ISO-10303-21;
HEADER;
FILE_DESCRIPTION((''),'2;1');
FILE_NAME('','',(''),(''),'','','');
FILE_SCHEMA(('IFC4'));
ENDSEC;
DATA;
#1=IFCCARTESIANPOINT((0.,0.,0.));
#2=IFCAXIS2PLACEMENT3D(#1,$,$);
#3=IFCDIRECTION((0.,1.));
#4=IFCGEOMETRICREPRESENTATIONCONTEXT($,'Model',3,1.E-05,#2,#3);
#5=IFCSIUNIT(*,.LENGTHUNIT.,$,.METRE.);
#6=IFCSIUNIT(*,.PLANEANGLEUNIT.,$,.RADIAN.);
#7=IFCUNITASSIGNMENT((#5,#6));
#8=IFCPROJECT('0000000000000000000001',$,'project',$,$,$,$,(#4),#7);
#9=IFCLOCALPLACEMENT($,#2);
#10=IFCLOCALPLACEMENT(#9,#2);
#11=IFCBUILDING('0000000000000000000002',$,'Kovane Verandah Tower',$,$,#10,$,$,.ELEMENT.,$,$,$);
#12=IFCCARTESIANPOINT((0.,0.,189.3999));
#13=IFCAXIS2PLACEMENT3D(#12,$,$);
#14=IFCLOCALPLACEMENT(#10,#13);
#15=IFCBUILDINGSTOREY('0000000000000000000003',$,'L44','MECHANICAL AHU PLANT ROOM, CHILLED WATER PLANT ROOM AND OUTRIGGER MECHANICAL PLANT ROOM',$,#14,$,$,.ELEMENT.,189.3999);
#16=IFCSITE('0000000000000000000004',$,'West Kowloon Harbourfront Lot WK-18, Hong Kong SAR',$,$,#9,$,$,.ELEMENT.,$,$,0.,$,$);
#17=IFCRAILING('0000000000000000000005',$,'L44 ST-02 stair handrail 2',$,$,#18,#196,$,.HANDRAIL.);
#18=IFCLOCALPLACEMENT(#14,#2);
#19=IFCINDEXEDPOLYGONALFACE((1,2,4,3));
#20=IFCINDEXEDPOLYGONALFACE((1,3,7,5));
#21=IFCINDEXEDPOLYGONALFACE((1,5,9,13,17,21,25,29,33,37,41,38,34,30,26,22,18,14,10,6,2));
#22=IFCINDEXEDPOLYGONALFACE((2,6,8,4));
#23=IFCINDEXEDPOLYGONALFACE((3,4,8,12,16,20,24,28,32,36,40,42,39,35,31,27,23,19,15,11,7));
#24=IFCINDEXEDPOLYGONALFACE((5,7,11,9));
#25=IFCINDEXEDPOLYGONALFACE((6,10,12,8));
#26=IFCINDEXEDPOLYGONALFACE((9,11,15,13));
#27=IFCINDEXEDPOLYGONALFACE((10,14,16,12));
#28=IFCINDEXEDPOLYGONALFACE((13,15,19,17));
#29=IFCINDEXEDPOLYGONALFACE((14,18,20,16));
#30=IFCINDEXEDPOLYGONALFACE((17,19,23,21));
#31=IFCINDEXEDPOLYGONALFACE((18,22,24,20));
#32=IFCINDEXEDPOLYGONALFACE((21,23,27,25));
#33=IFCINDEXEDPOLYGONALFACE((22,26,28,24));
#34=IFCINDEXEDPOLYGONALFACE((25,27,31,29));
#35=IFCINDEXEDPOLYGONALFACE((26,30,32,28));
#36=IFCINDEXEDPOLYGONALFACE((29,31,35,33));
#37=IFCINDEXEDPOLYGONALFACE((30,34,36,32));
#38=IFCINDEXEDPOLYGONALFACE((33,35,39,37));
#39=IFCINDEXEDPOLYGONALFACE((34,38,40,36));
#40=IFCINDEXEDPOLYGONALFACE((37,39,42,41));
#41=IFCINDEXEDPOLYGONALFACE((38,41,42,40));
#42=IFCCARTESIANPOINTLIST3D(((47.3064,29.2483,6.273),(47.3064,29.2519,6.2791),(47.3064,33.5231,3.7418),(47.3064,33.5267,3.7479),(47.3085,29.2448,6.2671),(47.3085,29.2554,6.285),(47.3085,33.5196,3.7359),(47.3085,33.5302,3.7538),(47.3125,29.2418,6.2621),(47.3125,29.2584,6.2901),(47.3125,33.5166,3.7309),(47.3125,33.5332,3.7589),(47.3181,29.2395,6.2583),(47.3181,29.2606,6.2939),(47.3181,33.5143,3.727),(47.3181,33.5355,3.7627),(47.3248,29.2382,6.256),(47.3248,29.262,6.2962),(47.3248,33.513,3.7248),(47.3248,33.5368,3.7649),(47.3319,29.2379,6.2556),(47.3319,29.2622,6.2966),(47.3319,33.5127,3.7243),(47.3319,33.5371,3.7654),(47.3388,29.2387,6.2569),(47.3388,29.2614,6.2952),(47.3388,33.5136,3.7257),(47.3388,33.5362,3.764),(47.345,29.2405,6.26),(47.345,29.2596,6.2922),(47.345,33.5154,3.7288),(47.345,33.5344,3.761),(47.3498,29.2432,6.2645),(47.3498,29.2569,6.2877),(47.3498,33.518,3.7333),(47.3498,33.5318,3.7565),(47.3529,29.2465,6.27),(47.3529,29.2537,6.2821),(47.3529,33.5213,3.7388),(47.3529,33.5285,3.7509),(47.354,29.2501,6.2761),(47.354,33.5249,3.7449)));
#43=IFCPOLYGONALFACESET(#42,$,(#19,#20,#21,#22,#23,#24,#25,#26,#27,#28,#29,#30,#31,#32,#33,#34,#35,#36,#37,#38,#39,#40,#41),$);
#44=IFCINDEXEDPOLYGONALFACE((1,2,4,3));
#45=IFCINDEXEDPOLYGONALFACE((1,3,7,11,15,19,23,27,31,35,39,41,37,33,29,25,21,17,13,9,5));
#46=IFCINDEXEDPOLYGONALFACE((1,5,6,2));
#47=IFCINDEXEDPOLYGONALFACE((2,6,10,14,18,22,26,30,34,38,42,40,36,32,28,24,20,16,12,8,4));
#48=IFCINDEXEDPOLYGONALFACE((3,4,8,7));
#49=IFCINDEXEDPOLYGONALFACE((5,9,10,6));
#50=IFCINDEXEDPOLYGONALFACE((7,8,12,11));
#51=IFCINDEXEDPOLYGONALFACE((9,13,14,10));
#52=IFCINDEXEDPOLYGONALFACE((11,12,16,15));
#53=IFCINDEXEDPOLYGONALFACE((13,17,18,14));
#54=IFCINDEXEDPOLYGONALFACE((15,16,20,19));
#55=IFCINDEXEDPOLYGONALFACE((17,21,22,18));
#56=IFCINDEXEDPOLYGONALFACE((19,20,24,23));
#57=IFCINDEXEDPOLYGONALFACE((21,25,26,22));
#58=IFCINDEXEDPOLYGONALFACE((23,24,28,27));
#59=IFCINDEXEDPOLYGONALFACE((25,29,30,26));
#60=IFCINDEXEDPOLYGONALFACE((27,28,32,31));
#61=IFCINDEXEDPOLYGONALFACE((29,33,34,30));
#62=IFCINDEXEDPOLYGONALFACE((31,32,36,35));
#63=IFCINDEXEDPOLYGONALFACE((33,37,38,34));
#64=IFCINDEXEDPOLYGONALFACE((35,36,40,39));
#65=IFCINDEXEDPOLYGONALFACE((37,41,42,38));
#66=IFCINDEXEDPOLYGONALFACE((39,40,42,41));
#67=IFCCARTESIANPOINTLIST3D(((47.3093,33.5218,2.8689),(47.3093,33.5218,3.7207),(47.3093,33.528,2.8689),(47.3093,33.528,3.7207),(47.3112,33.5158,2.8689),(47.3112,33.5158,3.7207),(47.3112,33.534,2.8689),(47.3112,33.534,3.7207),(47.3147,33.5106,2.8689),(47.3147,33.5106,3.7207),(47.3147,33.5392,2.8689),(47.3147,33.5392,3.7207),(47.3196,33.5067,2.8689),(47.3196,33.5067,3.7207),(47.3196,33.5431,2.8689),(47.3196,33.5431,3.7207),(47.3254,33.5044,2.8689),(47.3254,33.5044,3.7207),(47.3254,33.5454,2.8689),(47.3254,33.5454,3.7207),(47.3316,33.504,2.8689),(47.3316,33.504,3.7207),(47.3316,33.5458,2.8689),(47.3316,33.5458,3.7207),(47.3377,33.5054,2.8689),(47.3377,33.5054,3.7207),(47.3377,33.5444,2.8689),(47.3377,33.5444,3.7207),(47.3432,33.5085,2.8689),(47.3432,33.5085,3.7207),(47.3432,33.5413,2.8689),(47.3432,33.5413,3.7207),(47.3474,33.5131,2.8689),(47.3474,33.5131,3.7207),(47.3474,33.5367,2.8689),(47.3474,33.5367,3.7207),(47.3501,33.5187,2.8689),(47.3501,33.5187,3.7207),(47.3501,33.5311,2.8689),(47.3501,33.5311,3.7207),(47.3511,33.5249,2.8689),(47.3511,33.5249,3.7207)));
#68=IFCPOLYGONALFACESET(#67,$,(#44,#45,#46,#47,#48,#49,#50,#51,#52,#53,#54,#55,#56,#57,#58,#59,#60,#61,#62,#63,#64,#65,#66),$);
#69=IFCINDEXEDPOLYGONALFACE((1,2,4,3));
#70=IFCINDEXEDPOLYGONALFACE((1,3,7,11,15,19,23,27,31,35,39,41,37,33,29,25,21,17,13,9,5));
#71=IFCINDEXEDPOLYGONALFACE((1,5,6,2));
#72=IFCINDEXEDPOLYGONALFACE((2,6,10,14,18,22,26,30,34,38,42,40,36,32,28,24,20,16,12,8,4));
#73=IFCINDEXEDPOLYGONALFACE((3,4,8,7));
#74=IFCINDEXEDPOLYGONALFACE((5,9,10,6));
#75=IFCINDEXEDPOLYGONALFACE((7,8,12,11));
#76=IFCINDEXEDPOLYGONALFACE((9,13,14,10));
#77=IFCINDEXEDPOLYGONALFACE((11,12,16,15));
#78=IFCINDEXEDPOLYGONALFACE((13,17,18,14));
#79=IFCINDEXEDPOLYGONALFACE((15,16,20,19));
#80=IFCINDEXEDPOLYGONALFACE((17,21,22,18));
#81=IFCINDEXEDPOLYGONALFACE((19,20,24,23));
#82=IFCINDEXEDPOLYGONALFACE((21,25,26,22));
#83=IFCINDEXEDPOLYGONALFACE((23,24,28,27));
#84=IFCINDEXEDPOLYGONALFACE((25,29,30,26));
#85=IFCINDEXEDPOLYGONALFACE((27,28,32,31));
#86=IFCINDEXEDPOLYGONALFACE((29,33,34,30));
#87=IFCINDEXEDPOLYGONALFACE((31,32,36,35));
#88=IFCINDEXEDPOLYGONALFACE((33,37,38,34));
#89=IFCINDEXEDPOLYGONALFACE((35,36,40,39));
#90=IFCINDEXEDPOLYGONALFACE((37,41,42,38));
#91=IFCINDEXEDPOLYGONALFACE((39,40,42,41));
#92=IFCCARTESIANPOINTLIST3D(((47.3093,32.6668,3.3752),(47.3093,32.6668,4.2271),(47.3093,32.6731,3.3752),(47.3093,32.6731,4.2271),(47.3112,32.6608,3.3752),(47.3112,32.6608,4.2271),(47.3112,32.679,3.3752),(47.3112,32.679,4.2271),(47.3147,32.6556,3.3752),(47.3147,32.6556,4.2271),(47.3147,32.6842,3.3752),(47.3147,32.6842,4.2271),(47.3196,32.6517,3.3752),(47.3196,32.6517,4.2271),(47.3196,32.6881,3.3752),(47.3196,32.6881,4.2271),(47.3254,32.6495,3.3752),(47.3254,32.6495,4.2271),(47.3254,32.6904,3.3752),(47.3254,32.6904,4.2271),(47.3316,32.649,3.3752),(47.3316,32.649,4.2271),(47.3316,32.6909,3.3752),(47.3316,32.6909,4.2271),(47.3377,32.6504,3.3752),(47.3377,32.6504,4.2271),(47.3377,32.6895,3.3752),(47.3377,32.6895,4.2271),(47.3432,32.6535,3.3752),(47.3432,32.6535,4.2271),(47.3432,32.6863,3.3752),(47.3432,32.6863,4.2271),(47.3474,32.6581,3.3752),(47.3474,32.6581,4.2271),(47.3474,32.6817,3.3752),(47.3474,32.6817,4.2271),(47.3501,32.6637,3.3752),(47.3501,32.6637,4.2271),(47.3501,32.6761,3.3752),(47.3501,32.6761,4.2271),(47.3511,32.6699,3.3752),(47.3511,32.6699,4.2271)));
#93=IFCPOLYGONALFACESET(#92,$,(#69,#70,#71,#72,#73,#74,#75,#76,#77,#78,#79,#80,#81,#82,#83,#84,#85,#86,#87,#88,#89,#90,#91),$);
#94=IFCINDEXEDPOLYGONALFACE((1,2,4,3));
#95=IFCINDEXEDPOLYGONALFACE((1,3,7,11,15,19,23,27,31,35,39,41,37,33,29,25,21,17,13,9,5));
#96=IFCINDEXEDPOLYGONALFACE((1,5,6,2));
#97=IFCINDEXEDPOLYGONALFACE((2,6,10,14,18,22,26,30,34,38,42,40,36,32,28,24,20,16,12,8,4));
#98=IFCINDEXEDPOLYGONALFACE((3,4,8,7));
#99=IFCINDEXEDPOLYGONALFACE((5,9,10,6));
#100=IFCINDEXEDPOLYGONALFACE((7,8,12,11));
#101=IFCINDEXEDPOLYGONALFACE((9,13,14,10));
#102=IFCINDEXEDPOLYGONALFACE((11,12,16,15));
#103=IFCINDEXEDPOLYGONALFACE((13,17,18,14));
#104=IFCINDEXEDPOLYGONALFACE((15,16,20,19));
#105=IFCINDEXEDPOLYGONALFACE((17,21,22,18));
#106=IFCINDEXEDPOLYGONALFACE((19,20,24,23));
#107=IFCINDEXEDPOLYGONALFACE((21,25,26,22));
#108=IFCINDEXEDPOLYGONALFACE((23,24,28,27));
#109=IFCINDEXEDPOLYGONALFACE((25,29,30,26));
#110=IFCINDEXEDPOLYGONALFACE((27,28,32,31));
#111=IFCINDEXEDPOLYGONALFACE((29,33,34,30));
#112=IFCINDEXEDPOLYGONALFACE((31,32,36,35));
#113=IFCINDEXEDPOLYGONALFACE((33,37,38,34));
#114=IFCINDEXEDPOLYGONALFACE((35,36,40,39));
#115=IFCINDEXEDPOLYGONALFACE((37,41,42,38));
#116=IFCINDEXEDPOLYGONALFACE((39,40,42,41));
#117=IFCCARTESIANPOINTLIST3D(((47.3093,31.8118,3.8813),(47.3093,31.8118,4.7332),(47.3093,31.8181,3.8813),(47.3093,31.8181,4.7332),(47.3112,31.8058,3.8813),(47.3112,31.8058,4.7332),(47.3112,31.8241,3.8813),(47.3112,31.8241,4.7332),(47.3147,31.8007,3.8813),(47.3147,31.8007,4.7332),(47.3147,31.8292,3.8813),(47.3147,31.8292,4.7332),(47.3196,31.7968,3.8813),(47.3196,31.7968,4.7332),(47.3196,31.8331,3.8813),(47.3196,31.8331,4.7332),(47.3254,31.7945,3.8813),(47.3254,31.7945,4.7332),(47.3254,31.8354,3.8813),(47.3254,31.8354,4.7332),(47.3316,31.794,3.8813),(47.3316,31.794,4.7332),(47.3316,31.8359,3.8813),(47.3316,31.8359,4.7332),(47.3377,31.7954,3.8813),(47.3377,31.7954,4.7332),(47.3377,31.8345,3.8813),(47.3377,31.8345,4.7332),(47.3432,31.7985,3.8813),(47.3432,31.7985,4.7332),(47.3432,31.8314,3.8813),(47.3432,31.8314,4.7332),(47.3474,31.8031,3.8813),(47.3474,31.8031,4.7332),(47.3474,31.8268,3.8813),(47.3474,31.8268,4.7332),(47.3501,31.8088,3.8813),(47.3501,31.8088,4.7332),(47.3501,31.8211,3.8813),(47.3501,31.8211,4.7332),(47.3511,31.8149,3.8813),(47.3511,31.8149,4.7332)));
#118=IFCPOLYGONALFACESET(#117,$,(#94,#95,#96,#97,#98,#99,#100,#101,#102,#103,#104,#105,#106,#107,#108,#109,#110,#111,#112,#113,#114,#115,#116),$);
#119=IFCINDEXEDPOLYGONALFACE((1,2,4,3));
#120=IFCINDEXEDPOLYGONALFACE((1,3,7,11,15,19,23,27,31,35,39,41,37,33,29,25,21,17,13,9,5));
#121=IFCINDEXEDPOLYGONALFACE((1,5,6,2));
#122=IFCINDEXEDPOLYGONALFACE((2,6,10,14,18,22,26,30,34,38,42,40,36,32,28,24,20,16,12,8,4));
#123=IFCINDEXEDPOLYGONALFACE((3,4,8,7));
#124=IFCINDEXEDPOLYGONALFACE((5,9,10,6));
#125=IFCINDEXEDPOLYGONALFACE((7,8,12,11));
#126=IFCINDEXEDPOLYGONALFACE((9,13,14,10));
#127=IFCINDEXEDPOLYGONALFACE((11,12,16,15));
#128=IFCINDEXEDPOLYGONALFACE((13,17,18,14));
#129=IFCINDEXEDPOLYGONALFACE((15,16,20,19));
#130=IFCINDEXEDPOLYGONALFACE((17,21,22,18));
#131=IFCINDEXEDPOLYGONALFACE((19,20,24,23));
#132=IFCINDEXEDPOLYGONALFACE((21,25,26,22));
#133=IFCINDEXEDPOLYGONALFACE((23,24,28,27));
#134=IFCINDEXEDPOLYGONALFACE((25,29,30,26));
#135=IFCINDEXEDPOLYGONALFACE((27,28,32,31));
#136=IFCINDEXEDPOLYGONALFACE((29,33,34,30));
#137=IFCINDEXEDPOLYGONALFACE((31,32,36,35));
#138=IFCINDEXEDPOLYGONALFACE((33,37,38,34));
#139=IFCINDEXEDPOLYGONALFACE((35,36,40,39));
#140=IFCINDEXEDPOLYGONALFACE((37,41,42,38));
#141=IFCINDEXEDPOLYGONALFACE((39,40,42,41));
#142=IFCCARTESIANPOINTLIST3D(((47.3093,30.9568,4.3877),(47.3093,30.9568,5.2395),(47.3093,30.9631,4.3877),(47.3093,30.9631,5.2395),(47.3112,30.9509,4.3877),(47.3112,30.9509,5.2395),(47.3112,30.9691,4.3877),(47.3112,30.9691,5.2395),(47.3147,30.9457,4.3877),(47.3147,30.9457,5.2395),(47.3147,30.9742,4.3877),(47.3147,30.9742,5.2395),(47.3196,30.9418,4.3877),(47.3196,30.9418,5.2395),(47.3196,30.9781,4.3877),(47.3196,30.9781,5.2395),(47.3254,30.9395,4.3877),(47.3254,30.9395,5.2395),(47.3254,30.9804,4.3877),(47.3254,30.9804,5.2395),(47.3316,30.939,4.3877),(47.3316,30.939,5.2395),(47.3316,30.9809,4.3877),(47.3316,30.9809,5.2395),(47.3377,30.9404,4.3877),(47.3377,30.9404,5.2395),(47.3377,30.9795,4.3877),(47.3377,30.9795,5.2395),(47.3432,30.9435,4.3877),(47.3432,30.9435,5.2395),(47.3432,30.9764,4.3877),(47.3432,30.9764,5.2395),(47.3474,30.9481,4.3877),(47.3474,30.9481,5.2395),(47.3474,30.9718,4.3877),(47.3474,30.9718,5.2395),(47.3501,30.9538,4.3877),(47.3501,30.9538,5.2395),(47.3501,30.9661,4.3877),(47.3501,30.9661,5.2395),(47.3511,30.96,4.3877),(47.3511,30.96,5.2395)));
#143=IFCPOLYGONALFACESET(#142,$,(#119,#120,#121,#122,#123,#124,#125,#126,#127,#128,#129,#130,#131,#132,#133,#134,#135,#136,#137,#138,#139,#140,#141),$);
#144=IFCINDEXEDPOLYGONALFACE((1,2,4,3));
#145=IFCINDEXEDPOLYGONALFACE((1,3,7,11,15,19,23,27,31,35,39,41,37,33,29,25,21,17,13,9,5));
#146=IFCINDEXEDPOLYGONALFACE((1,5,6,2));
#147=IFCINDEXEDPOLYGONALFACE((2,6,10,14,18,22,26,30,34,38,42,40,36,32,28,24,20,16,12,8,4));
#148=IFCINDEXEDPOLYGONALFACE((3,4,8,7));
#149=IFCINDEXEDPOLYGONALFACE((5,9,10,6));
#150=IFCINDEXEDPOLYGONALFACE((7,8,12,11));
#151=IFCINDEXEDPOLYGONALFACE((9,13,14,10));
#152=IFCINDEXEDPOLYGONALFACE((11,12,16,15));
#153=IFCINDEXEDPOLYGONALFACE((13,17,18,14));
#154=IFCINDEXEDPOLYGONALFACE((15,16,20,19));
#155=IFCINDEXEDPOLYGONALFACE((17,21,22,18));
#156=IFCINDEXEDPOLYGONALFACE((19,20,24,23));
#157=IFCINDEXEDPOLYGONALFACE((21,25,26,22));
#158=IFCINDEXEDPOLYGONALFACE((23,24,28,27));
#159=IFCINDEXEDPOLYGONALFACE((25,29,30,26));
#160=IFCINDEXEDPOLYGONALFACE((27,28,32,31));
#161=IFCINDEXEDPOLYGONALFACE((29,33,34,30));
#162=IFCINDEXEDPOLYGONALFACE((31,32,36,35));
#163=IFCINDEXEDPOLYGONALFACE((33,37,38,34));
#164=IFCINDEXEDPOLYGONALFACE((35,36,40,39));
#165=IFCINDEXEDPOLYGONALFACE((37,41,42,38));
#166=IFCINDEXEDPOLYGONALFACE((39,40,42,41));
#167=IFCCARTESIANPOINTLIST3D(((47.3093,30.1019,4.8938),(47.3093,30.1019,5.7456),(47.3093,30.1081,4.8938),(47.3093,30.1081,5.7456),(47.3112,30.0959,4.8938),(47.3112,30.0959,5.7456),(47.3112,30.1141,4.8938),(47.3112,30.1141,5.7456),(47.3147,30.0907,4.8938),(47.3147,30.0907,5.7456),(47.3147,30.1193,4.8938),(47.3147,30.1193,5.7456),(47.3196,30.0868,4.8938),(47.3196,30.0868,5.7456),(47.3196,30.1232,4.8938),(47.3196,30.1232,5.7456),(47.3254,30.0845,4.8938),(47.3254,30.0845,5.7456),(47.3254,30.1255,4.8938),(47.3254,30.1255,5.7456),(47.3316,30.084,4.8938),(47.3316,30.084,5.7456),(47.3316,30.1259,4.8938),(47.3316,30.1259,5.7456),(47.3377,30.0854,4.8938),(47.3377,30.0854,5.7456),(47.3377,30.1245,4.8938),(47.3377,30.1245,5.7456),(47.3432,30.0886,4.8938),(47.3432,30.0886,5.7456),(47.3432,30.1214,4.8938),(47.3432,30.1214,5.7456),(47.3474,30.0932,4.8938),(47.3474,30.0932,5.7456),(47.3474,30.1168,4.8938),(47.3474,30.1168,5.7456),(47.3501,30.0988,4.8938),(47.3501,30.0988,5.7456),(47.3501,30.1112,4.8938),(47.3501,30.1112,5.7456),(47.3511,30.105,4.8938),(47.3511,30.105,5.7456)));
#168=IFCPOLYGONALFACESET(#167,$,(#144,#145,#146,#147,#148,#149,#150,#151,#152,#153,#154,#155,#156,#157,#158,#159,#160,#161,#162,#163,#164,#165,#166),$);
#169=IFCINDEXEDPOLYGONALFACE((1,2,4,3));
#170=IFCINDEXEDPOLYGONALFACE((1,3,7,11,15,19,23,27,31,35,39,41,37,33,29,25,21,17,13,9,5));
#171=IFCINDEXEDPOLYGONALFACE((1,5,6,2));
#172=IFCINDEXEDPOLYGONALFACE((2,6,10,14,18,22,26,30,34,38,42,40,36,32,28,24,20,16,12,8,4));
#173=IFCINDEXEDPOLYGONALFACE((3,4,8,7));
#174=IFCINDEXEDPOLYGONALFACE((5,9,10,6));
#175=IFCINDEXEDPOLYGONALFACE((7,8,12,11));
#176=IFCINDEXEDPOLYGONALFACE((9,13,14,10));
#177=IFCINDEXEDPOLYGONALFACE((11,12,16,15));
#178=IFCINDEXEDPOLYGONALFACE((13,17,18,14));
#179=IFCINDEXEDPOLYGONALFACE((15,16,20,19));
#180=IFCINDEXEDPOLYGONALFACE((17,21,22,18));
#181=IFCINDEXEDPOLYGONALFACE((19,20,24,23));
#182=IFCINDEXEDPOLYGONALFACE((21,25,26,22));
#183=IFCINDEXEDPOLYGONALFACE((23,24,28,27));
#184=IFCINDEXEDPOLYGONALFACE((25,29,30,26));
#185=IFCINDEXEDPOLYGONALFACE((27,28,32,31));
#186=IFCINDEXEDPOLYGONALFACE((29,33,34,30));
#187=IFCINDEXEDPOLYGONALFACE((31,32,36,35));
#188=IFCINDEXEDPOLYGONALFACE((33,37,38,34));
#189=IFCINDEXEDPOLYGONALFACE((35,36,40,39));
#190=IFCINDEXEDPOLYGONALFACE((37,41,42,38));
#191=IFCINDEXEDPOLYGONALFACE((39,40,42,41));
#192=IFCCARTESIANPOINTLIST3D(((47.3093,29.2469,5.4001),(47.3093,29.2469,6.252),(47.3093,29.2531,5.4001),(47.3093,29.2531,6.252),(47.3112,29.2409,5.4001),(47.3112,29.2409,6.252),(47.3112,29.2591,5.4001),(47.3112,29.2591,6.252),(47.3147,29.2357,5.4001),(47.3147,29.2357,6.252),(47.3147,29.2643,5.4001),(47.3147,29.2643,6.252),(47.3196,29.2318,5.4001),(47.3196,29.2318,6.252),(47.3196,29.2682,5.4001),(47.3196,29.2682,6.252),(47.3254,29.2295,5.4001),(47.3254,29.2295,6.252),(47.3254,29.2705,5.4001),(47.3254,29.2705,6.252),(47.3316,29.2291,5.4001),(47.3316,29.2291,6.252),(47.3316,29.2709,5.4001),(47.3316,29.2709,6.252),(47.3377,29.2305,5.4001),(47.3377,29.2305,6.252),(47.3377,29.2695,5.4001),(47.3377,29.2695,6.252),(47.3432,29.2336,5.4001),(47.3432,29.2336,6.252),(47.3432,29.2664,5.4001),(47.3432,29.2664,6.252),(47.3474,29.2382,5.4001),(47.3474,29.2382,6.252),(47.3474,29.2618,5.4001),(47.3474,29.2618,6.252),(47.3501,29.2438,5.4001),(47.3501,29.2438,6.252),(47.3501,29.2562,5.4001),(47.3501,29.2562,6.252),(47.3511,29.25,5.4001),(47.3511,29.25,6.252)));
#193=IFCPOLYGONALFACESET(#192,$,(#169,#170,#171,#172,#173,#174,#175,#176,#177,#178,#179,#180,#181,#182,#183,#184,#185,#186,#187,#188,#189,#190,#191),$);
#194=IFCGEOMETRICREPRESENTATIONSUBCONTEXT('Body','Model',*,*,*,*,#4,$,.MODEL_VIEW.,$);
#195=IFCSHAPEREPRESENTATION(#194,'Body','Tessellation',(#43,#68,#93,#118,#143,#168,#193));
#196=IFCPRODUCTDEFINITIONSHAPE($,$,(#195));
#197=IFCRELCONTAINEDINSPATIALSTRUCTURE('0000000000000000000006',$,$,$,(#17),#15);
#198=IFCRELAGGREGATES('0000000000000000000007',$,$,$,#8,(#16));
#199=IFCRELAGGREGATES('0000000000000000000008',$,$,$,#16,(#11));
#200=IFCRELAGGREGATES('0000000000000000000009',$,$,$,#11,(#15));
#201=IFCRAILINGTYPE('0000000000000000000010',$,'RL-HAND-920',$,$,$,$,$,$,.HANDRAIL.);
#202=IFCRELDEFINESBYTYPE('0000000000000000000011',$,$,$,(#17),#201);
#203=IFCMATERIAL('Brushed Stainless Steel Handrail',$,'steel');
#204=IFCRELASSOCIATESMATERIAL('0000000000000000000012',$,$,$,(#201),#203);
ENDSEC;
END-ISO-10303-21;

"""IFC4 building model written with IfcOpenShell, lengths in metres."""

from ifc_helpers import new_model, si_unit, direction, frame, origin, origin_2d, place, context, subcontext, project, spatial, circle, extrude, material, type_object, element, save


model = new_model("IFC4")

# Units and contexts
model_context = context("Model", 3, precision=1e-05, world=origin(), true_north=direction((0.0, 1.0)))
body_context = subcontext(model_context, "Body", "Model", "MODEL_VIEW")
ifc_project = project(units=[si_unit("LENGTHUNIT", "METRE"), si_unit("PLANEANGLEUNIT", "RADIAN")], contexts=[model_context])

# Site, building, storey
site_placement = place(None, origin())
site = spatial("IfcSite", under=ifc_project, at=site_placement, Name="West Kowloon Harbourfront Lot WK-18, Hong Kong SAR", CompositionType="ELEMENT", RefElevation=0.0)
building_placement = place(site_placement, origin())
building = spatial("IfcBuilding", under=site, at=building_placement, Name="Kovane Verandah Tower", CompositionType="ELEMENT")
storey_placement = place(building_placement, frame((0.0, 0.0, 189.3999)))
storey = spatial("IfcBuildingStorey", under=building, at=storey_placement, Name="L44", Description="MECHANICAL AHU PLANT ROOM, CHILLED WATER PLANT ROOM AND OUTRIGGER MECHANICAL PLANT ROOM", CompositionType="ELEMENT", Elevation=189.3999)

# Railing
ifc_material_1 = material(Name="Brushed Stainless Steel Handrail", Category="steel")
railing_type_1 = type_object("IfcRailingType", Name="RL-HAND-920", PredefinedType="HANDRAIL", material=ifc_material_1)
railing_1_placement = place(storey_placement, frame((47.3301, 33.5249, 2.8689)))
element("IfcRailing", 1, at=railing_1_placement, inside=storey, type_object=railing_type_1, Name="L44 ST-02 stair handrail 2", PredefinedType="HANDRAIL", context=body_context, shape_type="SweptSolid", body=[
    extrude(circle(Radius=0.0239, at=origin_2d()), frame((0.0, 0.0, 0.876), z_axis=(0.0, -0.86047, 0.509501), x_axis=(1.0, 0.0, 0.0)), (0.0, 0.0, 1.0), 4.968),
    extrude(circle(Radius=0.021, at=origin_2d()), origin(), (0.0, 0.0, 1.0), 0.8518),
    extrude(circle(Radius=0.021, at=origin_2d()), frame((0.0, -0.855, 0.5063)), (0.0, 0.0, 1.0), 0.8518),
    extrude(circle(Radius=0.021, at=origin_2d()), frame((0.0, -1.71, 1.0125)), (0.0, 0.0, 1.0), 0.8518),
    extrude(circle(Radius=0.021, at=origin_2d()), frame((0.0, -2.5649, 1.5188)), (0.0, 0.0, 1.0), 0.8518),
    extrude(circle(Radius=0.021, at=origin_2d()), frame((0.0, -3.4199, 2.0249)), (0.0, 0.0, 1.0), 0.8518),
    extrude(circle(Radius=0.021, at=origin_2d()), frame((0.0, -4.2749, 2.5312)), (0.0, 0.0, 1.0), 0.8518),
])

save(model, "model.ifc")
